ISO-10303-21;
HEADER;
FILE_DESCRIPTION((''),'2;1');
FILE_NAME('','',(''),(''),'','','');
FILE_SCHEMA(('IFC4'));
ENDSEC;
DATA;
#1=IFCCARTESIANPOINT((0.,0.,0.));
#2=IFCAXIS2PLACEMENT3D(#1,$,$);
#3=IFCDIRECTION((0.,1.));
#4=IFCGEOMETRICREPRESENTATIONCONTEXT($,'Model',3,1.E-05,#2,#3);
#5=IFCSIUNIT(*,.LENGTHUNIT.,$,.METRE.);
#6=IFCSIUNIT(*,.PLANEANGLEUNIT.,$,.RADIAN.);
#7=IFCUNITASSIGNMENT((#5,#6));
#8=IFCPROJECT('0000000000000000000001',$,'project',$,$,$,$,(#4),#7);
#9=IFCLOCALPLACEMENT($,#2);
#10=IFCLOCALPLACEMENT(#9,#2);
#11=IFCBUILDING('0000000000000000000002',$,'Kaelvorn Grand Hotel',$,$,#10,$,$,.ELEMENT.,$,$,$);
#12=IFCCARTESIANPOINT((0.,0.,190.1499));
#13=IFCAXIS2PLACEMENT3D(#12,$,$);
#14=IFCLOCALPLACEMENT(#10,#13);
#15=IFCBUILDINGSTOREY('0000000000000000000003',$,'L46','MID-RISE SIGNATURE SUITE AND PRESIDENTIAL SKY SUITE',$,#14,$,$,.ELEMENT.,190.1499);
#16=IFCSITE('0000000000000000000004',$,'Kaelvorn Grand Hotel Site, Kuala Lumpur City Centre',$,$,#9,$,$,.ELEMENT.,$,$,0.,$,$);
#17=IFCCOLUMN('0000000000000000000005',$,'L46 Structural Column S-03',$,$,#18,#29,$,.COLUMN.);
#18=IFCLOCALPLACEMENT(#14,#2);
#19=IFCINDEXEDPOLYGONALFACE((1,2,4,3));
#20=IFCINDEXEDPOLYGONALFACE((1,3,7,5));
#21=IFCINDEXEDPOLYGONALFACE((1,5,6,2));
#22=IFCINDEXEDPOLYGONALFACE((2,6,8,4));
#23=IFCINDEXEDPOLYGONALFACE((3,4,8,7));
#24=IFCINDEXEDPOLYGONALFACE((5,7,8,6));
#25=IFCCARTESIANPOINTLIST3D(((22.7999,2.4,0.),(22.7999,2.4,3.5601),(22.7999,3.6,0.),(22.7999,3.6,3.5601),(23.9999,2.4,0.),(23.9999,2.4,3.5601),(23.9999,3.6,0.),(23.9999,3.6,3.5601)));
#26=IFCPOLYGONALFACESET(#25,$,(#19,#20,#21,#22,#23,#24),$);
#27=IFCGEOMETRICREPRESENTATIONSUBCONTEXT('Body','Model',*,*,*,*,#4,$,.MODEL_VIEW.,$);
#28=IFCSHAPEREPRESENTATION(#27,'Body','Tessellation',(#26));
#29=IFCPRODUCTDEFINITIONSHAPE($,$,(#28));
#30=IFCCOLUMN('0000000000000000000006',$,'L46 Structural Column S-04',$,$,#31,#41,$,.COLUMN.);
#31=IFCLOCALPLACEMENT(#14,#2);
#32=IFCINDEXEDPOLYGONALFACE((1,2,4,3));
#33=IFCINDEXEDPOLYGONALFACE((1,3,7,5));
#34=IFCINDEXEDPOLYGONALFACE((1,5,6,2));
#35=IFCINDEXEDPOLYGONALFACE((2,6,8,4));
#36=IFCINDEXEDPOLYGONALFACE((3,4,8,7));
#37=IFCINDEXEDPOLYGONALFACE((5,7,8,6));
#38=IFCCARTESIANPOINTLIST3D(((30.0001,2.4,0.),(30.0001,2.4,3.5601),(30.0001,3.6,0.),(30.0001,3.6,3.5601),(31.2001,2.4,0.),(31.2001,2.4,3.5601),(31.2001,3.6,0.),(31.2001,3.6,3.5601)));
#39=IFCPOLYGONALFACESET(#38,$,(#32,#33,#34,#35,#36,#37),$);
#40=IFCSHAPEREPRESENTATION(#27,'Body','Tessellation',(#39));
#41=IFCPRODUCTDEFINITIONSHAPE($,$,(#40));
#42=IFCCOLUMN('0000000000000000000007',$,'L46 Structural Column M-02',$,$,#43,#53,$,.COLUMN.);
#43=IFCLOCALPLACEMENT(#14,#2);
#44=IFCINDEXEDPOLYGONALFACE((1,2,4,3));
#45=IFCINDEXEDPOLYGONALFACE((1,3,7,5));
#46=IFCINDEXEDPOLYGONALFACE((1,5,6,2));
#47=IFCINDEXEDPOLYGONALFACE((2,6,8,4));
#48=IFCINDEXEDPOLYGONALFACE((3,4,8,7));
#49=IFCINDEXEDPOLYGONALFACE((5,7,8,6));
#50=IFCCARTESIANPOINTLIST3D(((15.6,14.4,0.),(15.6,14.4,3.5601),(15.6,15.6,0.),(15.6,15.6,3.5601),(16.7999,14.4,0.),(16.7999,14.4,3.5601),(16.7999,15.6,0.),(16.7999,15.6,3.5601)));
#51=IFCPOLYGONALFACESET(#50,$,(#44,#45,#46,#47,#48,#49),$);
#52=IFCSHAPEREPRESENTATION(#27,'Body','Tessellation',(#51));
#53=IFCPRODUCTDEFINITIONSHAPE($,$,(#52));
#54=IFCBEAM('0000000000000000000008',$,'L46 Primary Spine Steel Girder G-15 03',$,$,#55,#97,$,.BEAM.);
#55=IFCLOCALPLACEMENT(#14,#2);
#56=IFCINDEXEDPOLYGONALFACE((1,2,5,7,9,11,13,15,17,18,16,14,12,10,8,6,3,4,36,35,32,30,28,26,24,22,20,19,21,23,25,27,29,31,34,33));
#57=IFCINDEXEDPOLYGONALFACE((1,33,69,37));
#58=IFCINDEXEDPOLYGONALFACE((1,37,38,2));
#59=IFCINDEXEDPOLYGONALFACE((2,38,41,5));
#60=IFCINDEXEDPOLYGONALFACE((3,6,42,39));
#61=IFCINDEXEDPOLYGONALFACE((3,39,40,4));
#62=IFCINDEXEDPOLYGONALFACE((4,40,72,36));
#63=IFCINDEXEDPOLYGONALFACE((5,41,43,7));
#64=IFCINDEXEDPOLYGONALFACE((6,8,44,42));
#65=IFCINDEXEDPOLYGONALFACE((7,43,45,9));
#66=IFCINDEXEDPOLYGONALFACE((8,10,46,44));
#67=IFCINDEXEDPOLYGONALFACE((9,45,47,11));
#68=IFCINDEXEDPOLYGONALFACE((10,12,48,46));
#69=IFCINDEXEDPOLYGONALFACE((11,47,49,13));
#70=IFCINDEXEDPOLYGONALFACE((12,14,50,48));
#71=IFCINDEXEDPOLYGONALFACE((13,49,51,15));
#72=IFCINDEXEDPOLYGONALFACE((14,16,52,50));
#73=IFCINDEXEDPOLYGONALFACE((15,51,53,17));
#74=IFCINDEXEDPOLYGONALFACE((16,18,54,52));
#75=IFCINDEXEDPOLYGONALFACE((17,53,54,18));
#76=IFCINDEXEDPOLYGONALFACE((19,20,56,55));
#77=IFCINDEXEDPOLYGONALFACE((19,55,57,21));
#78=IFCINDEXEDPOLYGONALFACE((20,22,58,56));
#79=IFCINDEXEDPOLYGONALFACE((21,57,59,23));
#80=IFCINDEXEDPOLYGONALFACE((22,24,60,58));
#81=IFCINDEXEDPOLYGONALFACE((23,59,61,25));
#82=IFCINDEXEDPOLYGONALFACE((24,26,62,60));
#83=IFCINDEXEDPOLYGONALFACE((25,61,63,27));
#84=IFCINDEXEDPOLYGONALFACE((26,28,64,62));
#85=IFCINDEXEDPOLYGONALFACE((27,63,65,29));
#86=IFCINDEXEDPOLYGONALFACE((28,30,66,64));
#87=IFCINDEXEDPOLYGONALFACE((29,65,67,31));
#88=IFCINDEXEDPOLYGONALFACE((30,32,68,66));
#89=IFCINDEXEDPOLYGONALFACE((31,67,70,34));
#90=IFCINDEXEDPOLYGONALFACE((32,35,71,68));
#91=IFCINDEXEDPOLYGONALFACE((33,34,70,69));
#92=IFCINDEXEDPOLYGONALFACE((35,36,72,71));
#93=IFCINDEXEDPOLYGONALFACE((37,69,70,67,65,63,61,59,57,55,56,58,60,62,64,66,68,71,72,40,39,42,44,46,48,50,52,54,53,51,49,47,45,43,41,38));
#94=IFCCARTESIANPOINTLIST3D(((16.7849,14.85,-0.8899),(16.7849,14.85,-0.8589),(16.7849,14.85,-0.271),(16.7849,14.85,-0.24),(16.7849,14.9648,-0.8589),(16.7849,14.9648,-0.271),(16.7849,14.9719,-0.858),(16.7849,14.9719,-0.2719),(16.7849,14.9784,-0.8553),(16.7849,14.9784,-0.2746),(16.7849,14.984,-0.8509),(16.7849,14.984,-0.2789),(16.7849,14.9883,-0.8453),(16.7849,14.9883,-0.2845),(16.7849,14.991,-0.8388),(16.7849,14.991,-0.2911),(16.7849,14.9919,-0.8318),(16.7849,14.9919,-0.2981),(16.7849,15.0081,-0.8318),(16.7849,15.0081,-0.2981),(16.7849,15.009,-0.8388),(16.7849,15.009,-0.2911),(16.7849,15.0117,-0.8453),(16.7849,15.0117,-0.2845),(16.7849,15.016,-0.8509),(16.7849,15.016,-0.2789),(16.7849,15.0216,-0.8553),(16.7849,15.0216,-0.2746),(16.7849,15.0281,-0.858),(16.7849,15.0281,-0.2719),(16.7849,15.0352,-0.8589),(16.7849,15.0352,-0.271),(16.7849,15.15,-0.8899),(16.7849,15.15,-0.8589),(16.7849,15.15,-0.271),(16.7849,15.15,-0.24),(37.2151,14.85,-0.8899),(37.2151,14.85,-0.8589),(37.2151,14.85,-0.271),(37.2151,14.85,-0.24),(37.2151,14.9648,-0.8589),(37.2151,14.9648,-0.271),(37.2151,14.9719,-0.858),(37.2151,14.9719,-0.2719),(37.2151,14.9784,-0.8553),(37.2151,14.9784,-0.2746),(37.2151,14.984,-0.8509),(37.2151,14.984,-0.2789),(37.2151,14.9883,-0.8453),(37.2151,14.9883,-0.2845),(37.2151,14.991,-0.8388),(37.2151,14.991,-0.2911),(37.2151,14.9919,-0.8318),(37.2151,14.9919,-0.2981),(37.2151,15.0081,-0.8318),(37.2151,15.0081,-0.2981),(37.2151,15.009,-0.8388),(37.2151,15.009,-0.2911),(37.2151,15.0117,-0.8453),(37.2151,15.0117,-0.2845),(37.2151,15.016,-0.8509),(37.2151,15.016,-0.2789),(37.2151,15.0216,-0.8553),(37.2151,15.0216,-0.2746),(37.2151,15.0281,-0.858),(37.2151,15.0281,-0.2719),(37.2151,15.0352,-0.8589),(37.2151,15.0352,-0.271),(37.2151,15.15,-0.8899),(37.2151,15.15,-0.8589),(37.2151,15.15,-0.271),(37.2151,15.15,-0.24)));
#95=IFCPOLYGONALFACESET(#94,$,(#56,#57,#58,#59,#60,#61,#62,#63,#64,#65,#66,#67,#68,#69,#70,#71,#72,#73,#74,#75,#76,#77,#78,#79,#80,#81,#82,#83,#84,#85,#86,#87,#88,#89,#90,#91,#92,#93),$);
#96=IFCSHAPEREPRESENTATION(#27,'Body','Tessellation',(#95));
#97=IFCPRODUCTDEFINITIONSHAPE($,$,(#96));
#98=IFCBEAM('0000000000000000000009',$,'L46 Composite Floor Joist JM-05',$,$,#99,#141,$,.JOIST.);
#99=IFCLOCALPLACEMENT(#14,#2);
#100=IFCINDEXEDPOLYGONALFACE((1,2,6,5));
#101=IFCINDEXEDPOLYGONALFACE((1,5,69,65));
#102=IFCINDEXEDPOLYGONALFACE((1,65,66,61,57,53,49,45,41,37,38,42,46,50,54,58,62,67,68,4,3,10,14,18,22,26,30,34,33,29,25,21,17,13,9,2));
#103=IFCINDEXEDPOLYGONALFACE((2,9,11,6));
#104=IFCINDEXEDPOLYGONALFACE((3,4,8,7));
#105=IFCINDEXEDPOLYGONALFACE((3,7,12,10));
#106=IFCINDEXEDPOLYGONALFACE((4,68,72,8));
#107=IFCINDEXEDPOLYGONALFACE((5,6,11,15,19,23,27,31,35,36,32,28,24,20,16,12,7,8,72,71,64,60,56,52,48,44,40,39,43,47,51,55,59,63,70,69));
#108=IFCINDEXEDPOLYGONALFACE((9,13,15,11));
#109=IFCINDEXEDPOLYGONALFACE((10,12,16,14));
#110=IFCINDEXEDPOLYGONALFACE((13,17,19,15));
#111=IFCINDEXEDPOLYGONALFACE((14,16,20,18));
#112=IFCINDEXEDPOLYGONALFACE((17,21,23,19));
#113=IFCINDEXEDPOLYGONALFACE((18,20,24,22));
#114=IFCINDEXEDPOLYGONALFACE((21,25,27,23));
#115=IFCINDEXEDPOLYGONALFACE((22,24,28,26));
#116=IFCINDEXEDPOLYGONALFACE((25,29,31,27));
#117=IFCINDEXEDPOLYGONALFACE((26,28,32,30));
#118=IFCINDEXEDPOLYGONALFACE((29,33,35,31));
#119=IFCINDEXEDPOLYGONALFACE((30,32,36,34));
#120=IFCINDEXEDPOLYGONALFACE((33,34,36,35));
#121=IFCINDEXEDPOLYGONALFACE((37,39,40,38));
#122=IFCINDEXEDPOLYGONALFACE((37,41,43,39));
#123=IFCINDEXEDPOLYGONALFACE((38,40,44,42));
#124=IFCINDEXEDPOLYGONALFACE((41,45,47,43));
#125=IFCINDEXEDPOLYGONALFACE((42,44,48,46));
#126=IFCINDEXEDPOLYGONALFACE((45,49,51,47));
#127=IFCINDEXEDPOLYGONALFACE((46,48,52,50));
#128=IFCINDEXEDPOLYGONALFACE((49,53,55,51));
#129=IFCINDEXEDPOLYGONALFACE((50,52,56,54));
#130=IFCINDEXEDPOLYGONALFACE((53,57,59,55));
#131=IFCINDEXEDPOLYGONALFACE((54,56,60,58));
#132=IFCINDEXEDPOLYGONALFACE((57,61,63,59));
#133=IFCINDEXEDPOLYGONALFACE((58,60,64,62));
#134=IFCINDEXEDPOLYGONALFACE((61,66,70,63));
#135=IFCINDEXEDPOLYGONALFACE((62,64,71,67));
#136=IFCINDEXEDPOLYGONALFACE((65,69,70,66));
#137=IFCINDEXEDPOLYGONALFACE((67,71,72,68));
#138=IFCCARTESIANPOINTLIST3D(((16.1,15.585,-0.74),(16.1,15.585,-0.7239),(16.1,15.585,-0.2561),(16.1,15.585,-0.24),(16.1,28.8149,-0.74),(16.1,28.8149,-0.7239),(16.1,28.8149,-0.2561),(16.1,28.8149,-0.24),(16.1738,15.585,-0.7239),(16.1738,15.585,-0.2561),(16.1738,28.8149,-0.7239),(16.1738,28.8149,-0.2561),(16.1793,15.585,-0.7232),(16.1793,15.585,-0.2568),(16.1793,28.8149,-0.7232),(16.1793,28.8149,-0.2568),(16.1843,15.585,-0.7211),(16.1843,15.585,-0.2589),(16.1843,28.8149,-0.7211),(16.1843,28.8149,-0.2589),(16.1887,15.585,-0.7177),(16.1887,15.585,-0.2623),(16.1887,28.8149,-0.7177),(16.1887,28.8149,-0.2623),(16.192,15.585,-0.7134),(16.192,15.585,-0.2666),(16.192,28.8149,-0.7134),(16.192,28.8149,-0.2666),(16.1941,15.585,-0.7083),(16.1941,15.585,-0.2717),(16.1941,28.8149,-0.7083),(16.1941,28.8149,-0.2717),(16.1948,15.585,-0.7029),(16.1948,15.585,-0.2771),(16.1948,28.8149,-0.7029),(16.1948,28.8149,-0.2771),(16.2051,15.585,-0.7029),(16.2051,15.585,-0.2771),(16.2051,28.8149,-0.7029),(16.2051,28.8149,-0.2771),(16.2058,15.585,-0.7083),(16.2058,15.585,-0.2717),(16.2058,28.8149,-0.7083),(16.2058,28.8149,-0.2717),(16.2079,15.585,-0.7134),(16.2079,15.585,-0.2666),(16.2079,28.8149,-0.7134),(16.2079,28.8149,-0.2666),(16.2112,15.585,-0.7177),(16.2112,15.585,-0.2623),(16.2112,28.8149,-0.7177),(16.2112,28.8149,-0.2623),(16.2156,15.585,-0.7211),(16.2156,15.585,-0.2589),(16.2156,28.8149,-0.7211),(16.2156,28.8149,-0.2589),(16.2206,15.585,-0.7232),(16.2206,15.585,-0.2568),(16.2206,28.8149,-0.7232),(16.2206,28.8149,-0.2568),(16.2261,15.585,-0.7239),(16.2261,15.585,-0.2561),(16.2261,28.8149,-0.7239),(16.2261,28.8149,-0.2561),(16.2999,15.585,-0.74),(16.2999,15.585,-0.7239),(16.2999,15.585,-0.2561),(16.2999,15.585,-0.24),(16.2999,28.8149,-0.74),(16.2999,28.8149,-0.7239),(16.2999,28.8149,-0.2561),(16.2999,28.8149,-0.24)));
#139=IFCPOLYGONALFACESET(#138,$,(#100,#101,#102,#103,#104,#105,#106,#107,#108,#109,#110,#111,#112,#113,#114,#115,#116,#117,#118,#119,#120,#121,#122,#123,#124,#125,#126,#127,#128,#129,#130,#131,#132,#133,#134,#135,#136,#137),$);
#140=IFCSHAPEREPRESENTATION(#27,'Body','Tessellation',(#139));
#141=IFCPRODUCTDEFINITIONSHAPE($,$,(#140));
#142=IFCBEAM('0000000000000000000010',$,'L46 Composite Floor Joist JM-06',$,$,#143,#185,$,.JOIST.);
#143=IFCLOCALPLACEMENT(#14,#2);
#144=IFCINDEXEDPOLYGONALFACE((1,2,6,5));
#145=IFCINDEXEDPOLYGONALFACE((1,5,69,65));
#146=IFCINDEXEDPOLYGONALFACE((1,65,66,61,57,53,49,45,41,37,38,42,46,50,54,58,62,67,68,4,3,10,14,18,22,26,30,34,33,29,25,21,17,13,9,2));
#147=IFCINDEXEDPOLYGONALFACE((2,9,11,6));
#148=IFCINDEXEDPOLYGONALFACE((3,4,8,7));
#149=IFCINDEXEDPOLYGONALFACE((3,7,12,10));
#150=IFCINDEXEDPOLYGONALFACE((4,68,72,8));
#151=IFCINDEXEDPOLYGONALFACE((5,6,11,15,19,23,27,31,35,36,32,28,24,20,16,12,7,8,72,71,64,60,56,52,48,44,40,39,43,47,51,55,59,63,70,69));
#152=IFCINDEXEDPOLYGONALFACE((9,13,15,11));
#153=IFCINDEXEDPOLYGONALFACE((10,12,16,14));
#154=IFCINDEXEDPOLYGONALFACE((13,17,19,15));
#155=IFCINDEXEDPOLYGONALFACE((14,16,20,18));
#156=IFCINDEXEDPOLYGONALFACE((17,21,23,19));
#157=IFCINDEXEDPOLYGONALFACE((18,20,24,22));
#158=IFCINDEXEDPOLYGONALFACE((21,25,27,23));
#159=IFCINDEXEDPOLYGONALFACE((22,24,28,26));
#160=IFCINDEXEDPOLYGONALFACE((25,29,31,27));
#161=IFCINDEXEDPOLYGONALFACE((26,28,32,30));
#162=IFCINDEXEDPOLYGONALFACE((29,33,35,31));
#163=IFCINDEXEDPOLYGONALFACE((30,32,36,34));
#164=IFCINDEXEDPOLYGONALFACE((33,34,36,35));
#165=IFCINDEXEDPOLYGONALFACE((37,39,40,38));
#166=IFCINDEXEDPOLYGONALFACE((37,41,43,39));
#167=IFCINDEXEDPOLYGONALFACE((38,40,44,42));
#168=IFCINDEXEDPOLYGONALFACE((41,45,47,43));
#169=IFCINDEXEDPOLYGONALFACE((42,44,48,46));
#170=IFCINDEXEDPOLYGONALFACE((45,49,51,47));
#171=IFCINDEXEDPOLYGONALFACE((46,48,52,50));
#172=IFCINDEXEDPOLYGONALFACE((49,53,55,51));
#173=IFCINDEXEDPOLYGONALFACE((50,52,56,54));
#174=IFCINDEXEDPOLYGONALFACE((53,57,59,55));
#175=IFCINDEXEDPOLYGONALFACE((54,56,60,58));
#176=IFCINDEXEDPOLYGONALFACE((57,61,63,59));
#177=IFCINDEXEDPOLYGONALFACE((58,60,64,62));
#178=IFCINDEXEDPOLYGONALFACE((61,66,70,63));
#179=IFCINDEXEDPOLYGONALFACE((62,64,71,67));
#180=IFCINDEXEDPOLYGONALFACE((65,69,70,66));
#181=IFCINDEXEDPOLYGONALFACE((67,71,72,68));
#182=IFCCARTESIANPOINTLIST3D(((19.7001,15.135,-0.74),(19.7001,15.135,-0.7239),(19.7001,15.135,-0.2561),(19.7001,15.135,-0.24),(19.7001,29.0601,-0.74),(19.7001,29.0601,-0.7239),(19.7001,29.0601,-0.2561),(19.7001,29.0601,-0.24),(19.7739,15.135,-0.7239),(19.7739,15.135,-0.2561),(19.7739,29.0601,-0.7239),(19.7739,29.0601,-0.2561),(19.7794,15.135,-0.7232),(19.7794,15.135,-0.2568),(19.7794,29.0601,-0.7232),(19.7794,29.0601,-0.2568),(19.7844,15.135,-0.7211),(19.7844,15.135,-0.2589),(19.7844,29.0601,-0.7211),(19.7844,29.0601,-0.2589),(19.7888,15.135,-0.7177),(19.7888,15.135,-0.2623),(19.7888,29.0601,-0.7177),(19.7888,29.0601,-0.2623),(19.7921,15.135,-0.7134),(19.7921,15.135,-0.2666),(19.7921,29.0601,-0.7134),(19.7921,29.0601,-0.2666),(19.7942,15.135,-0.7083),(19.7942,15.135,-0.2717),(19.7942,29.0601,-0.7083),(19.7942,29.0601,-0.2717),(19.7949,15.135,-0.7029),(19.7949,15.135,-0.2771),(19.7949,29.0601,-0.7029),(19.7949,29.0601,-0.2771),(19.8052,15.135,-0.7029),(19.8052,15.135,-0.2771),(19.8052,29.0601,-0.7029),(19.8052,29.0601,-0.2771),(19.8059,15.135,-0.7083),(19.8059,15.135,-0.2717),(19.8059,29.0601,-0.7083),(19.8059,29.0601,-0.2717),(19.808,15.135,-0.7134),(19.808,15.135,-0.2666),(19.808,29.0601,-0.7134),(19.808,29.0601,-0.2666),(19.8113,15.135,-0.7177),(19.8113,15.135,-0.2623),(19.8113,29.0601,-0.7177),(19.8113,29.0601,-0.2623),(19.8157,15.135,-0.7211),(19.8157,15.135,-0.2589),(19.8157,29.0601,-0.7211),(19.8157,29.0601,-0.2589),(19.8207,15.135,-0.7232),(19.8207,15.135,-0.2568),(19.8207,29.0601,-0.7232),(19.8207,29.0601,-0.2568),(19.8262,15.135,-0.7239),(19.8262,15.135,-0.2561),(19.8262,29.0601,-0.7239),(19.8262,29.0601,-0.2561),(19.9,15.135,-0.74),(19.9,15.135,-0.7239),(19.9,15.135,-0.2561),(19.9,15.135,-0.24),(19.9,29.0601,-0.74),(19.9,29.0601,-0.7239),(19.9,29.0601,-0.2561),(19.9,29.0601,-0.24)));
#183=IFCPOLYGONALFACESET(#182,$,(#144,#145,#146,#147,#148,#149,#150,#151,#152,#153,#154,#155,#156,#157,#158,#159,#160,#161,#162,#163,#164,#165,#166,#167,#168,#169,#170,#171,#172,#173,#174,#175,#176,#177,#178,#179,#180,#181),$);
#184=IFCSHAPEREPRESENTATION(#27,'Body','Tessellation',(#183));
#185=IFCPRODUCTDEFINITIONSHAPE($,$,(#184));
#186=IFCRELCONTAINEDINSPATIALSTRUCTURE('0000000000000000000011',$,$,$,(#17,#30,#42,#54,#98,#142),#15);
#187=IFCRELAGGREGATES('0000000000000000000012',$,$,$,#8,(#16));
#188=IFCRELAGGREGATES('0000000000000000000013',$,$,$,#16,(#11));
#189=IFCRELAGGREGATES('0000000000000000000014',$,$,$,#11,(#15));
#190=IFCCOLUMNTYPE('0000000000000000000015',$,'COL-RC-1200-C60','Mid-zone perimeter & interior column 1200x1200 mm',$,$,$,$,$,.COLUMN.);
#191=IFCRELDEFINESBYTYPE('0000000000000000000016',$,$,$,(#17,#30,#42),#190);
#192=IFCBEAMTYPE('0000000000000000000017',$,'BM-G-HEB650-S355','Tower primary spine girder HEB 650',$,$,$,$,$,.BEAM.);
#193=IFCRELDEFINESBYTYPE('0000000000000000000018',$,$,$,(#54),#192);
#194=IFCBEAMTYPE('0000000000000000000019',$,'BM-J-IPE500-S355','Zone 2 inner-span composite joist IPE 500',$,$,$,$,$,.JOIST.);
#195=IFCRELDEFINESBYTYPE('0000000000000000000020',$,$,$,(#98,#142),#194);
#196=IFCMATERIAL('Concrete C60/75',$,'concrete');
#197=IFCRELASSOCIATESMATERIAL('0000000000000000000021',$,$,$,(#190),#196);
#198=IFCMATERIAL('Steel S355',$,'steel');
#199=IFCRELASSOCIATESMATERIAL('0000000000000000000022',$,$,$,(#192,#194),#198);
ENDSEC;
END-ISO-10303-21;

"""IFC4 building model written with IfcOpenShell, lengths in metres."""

from ifc_helpers import new_model, si_unit, direction, frame, origin, origin_2d, place, context, subcontext, project, spatial, rectangle, i_section, extrude, material, material_profile, profile_set, type_object, element, save


model = new_model("IFC4")

# Units and contexts
model_context = context("Model", 3, precision=1e-05, world=origin(), true_north=direction((0.0, 1.0)))
body_context = subcontext(model_context, "Body", "Model", "MODEL_VIEW")
ifc_project = project(units=[si_unit("LENGTHUNIT", "METRE"), si_unit("PLANEANGLEUNIT", "RADIAN")], contexts=[model_context])

# Site, building, storey
site_placement = place(None, origin())
site = spatial("IfcSite", under=ifc_project, at=site_placement, Name="Kaelvorn Grand Hotel Site, Kuala Lumpur City Centre", CompositionType="ELEMENT", RefElevation=0.0)
building_placement = place(site_placement, origin())
building = spatial("IfcBuilding", under=site, at=building_placement, Name="Kaelvorn Grand Hotel", CompositionType="ELEMENT")
storey_placement = place(building_placement, frame((0.0, 0.0, 190.1499)))
storey = spatial("IfcBuildingStorey", under=building, at=storey_placement, Name="L46", Description="MID-RISE SIGNATURE SUITE AND PRESIDENTIAL SKY SUITE", CompositionType="ELEMENT", Elevation=190.1499)

# Columns
ifc_material_1 = material(Name="Concrete C60/75", Category="concrete")
ifc_material_profile_1 = material_profile(ifc_material_1, rectangle(XDim=1.2, YDim=1.2, at=origin_2d()), Name="RC COL 1200x1200")
ifc_profile_set_1 = profile_set([ifc_material_profile_1], Name="Concrete C60/75")
column_type = type_object("IfcColumnType", Name="COL-RC-1200-C60", Description="Mid-zone perimeter & interior column 1200x1200 mm", PredefinedType="COLUMN", material=ifc_profile_set_1)
for number, where, z_axis, x_axis, name in (
    (1, (23.3999, 3.0, 0.0), (0.0, 0.0, 1.0), (1.0, 0.0, 0.0), "L46 Structural Column S-03"),
    (2, (30.6001, 3.0, 0.0), (0.0, 0.0, 1.0), (1.0, 0.0, 0.0), "L46 Structural Column S-04"),
    (3, (16.2, 15.0, 0.0), (0.0, 0.0, 1.0), (1.0, 0.0, 0.0), "L46 Structural Column M-02"),
):
    element("IfcColumn", number, at=place(storey_placement, frame(where, z_axis=z_axis, x_axis=x_axis)), inside=storey, type_object=column_type, Name=name, PredefinedType="COLUMN", context=body_context, shape_type="SweptSolid", body=[
        extrude(rectangle(XDim=1.2, YDim=1.2, at=origin_2d()), origin(), (0.0, 0.0, 1.0), 3.5601),
    ])

# Beams
ifc_material_2 = material(Name="Steel S355", Category="steel")
ifc_material_profile_2 = material_profile(ifc_material_2, i_section(OverallWidth=0.3, OverallDepth=0.6499, WebThickness=0.0161, FlangeThickness=0.031, FilletRadius=0.0271, at=origin_2d()), Name="HEB 650")
ifc_profile_set_2 = profile_set([ifc_material_profile_2], Name="Steel S355")
beam_type_1 = type_object("IfcBeamType", Name="BM-G-HEB650-S355", Description="Tower primary spine girder HEB 650", PredefinedType="BEAM", material=ifc_profile_set_2)
beam_1_placement = place(storey_placement, frame((16.7849, 15.0, -0.5649), z_axis=(1.0, 0.0, 0.0), x_axis=(0.0, 1.0, 0.0)))
element("IfcBeam", 4, at=beam_1_placement, inside=storey, type_object=beam_type_1, Name="L46 Primary Spine Steel Girder G-15 03", PredefinedType="BEAM", context=body_context, shape_type="SweptSolid", body=[
    extrude(i_section(OverallWidth=0.3, OverallDepth=0.6499, WebThickness=0.0161, FlangeThickness=0.031, FilletRadius=0.0271, at=origin_2d()), origin(), (0.0, 0.0, 1.0), 20.4302),
])
ifc_material_profile_3 = material_profile(ifc_material_2, i_section(OverallWidth=0.2, OverallDepth=0.5, WebThickness=0.0103, FlangeThickness=0.0161, FilletRadius=0.021, at=origin_2d()), Name="IPE 500")
ifc_profile_set_3 = profile_set([ifc_material_profile_3], Name="Steel S355")
beam_type_2 = type_object("IfcBeamType", Name="BM-J-IPE500-S355", Description="Zone 2 inner-span composite joist IPE 500", PredefinedType="JOIST", material=ifc_profile_set_3)
beam_2_placement = place(storey_placement, frame((16.2, 15.585, -0.49), z_axis=(0.0, 1.0, 0.0), x_axis=(-1.0, 0.0, 0.0)))
element("IfcBeam", 5, at=beam_2_placement, inside=storey, type_object=beam_type_2, Name="L46 Composite Floor Joist JM-05", PredefinedType="JOIST", context=body_context, shape_type="SweptSolid", body=[
    extrude(i_section(OverallWidth=0.2, OverallDepth=0.5, WebThickness=0.0103, FlangeThickness=0.0161, FilletRadius=0.021, at=origin_2d()), origin(), (0.0, 0.0, 1.0), 13.23),
])
beam_3_placement = place(storey_placement, frame((19.8, 15.135, -0.49), z_axis=(0.0, 1.0, 0.0), x_axis=(-1.0, 0.0, 0.0)))
element("IfcBeam", 6, at=beam_3_placement, inside=storey, type_object=beam_type_2, Name="L46 Composite Floor Joist JM-06", PredefinedType="JOIST", context=body_context, shape_type="SweptSolid", body=[
    extrude(i_section(OverallWidth=0.2, OverallDepth=0.5, WebThickness=0.0103, FlangeThickness=0.0161, FilletRadius=0.021, at=origin_2d()), origin(), (0.0, 0.0, 1.0), 13.925),
])

save(model, "model.ifc")
